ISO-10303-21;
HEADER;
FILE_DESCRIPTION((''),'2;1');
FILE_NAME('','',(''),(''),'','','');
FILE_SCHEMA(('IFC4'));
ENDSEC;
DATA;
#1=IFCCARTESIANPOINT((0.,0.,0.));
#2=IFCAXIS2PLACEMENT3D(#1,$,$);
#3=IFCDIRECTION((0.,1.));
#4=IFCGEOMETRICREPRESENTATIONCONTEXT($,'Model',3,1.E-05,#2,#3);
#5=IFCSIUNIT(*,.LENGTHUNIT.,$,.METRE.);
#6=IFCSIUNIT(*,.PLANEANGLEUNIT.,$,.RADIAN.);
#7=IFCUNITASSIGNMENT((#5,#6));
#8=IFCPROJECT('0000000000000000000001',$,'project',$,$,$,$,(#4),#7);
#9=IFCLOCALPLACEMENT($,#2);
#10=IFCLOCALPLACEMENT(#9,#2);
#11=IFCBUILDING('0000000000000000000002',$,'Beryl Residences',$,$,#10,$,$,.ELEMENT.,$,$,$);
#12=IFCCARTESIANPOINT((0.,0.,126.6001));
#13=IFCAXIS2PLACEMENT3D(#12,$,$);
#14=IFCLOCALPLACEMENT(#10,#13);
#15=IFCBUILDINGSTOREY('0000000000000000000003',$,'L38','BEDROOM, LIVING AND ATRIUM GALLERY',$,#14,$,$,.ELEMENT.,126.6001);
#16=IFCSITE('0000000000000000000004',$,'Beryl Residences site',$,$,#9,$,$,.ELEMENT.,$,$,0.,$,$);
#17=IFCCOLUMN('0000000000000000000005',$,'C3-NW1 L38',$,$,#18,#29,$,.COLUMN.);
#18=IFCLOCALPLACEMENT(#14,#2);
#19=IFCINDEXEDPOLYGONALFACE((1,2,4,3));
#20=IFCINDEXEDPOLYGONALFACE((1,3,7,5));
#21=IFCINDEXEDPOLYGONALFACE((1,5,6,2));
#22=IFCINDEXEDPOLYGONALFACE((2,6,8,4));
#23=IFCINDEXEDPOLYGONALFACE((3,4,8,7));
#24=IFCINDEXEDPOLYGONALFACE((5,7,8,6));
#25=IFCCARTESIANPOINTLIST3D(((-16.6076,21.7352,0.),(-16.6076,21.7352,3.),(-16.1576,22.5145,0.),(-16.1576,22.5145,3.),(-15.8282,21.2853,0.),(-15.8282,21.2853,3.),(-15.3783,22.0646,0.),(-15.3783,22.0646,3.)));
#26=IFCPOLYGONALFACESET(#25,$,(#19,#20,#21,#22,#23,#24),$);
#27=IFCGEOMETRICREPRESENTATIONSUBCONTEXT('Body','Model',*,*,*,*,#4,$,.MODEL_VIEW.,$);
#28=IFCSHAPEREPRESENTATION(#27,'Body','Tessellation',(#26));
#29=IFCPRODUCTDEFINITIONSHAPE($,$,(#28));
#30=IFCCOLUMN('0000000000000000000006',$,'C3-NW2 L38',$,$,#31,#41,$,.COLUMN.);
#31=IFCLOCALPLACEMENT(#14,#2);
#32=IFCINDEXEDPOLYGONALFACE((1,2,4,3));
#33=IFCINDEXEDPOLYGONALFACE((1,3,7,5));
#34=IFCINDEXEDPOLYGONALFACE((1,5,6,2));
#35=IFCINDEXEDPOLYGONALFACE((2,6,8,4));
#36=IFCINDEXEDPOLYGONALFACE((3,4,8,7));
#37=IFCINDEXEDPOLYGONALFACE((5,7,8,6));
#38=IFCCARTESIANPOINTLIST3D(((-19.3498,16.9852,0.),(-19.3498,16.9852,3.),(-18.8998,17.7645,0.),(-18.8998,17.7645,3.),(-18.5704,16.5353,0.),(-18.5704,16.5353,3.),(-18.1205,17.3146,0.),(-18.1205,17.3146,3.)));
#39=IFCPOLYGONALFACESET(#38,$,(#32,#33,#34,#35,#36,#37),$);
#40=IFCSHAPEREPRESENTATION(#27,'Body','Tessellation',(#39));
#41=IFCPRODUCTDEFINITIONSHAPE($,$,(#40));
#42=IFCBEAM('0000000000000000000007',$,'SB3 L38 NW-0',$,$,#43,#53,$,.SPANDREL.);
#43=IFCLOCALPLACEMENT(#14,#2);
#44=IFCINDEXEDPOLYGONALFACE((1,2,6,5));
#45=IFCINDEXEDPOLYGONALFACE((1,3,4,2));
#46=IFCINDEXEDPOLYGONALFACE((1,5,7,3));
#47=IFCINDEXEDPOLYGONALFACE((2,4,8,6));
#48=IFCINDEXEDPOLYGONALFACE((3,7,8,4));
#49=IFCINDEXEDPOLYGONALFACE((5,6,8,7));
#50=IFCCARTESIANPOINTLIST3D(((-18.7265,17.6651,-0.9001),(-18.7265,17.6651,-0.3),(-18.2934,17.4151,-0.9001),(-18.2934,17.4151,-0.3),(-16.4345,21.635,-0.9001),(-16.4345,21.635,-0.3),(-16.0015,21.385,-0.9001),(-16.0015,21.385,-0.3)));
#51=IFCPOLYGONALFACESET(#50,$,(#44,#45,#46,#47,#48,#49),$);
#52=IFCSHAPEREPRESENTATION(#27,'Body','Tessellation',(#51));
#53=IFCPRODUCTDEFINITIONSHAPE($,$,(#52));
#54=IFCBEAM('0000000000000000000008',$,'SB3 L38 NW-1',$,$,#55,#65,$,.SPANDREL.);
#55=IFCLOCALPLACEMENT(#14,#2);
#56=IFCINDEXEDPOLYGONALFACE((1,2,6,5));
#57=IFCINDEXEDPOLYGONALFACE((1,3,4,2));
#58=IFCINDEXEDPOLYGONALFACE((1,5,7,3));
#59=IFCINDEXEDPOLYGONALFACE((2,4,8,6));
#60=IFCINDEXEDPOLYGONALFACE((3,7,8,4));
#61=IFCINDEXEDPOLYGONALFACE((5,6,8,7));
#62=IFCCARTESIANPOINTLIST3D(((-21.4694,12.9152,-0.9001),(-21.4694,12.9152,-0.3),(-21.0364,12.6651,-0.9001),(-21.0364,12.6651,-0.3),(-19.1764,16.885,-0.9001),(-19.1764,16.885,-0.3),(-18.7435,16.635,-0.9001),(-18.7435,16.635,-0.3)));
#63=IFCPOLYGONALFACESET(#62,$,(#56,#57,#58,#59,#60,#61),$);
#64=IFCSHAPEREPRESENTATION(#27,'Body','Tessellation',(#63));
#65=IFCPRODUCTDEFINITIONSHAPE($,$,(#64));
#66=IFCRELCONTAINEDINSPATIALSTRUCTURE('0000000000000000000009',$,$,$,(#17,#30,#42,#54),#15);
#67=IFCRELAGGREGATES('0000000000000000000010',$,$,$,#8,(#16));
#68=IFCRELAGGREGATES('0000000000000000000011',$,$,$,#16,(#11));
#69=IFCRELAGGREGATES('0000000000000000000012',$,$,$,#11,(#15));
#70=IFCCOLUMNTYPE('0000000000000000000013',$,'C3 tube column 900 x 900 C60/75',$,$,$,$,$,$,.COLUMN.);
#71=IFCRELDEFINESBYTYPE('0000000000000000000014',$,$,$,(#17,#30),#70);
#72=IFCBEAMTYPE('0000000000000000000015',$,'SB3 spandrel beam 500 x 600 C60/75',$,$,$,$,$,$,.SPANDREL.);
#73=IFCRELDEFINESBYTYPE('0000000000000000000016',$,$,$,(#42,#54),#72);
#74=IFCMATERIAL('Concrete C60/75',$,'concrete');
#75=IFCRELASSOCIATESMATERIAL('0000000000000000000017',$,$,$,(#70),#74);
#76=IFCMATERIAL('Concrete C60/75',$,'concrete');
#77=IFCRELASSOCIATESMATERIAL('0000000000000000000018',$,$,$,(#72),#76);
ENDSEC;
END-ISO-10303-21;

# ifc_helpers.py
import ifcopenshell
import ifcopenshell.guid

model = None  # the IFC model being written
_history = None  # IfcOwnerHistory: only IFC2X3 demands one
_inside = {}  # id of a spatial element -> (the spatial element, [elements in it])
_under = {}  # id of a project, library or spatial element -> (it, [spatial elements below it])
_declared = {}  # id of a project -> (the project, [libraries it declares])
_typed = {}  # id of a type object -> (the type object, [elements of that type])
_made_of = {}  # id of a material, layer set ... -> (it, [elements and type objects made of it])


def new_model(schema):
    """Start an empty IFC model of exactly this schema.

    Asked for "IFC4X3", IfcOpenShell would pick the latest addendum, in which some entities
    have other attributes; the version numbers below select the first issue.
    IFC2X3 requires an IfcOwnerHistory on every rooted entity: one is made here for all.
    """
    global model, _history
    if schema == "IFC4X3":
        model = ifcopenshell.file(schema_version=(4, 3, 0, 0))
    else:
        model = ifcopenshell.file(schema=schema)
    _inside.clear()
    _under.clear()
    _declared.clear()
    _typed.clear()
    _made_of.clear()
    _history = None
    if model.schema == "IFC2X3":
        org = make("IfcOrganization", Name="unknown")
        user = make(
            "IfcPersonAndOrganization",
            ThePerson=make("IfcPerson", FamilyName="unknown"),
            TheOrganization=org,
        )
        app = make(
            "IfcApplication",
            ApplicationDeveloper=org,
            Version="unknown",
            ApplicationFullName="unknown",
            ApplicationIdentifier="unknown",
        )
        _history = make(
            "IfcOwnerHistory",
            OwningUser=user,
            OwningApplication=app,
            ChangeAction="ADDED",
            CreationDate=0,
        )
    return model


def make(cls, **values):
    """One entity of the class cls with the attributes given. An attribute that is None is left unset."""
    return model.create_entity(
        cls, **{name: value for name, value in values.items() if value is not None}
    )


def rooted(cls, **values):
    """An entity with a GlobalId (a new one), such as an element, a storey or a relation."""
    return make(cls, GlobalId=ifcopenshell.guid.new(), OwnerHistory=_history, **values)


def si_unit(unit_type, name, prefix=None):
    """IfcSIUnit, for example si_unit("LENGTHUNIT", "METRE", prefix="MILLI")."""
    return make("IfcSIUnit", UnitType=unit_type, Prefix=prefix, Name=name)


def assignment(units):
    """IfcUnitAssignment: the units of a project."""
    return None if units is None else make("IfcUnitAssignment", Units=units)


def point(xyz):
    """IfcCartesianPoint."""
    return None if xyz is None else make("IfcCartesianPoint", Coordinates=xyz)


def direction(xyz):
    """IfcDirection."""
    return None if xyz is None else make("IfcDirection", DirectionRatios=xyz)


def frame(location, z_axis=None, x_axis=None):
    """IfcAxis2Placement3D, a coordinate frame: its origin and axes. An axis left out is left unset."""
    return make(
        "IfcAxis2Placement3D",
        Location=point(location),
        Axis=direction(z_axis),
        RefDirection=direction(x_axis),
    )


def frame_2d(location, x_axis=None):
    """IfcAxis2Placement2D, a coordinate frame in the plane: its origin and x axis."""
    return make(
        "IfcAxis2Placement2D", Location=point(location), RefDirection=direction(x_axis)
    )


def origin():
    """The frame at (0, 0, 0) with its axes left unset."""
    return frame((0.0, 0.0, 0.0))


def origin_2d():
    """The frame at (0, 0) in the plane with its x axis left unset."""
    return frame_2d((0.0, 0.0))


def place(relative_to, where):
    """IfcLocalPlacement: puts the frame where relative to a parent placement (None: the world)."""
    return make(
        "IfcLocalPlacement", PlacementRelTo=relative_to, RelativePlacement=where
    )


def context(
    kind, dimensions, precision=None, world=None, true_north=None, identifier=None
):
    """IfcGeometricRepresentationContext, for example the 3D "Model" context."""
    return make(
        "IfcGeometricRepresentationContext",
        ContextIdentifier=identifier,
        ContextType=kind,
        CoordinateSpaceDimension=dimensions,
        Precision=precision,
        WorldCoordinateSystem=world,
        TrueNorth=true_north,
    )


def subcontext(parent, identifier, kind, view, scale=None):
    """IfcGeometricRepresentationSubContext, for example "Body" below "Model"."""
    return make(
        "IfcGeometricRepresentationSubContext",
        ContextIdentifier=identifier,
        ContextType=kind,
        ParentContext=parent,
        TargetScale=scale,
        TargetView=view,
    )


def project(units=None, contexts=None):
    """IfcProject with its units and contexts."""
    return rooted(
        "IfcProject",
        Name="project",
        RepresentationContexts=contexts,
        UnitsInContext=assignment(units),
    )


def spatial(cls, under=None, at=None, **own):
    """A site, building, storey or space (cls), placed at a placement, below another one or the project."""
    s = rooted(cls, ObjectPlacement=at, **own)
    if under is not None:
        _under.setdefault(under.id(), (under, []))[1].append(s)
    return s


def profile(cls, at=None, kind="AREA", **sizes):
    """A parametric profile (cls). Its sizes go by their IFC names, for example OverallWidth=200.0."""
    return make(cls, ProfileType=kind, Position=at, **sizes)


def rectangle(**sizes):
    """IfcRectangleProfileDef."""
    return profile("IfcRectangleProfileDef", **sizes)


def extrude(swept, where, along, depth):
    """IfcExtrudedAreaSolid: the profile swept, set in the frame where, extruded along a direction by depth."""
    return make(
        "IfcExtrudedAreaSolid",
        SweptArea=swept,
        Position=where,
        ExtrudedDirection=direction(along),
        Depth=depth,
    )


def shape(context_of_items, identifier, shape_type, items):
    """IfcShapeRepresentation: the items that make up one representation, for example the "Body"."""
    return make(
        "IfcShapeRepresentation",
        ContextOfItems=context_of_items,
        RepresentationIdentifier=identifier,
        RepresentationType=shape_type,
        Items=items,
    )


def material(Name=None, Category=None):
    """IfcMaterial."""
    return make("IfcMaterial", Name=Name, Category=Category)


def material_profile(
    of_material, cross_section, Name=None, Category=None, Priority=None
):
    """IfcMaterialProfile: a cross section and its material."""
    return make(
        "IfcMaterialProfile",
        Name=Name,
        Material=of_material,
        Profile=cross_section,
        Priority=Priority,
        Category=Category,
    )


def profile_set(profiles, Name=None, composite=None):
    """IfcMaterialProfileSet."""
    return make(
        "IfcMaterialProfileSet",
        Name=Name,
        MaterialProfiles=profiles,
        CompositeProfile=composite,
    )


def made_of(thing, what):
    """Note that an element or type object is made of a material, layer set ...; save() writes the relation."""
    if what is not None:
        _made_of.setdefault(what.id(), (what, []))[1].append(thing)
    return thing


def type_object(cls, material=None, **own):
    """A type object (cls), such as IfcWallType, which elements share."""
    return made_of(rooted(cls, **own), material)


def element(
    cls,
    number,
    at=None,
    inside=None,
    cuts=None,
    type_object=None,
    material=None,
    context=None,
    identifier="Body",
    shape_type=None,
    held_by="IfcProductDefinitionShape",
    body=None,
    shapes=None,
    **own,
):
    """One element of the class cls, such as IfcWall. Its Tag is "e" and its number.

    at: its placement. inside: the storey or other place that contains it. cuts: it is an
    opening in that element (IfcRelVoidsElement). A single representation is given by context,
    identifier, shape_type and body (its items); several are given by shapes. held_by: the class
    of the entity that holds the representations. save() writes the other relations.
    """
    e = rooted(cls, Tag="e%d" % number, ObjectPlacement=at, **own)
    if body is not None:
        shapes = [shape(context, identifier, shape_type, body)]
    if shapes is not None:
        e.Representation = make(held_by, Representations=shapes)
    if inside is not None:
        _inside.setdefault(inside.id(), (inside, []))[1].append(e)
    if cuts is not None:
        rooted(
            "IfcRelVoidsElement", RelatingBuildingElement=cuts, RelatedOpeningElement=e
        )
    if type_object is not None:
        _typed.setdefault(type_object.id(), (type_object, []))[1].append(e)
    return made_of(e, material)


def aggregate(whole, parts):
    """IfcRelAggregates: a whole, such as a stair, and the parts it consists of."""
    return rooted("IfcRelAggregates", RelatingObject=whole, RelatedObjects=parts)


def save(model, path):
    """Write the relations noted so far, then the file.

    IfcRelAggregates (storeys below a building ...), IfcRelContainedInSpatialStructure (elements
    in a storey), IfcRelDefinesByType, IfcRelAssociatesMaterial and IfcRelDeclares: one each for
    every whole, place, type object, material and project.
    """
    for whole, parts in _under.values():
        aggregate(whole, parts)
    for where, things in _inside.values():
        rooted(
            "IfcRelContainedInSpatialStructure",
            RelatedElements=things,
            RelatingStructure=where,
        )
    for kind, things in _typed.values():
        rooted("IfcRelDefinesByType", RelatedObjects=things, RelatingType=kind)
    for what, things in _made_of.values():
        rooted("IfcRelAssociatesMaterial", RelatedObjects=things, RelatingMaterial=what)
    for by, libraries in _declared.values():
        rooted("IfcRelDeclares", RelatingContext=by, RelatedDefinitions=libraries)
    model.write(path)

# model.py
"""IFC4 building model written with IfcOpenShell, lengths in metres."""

from ifc_helpers import new_model, si_unit, direction, frame, origin, origin_2d, place, context, subcontext, project, spatial, rectangle, extrude, material, material_profile, profile_set, type_object, element, save


model = new_model("IFC4")

# Units and contexts
model_context = context("Model", 3, precision=1e-05, world=origin(), true_north=direction((0.0, 1.0)))
body_context = subcontext(model_context, "Body", "Model", "MODEL_VIEW")
ifc_project = project(units=[si_unit("LENGTHUNIT", "METRE"), si_unit("PLANEANGLEUNIT", "RADIAN")], contexts=[model_context])

# Site, building, storey
site_placement = place(None, origin())
site = spatial("IfcSite", under=ifc_project, at=site_placement, Name="Beryl Residences site", CompositionType="ELEMENT", RefElevation=0.0)
building_placement = place(site_placement, origin())
building = spatial("IfcBuilding", under=site, at=building_placement, Name="Beryl Residences", CompositionType="ELEMENT")
storey_placement = place(building_placement, frame((0.0, 0.0, 126.6001)))
storey = spatial("IfcBuildingStorey", under=building, at=storey_placement, Name="L38", Description="BEDROOM, LIVING AND ATRIUM GALLERY", CompositionType="ELEMENT", Elevation=126.6001)

# Columns
ifc_material_1 = material(Name="Concrete C60/75", Category="concrete")
ifc_material_profile_1 = material_profile(ifc_material_1, rectangle(XDim=0.8999, YDim=0.8999, at=origin_2d()))
ifc_profile_set_1 = profile_set([ifc_material_profile_1], Name="Concrete C60/75")
column_type = type_object("IfcColumnType", Name="C3 tube column 900 x 900 C60/75", PredefinedType="COLUMN", material=ifc_profile_set_1)
for number, where, z_axis, x_axis, name in (
    (1, (-15.9929, 21.8999, 0.0), (0.0, 0.0, 1.0), (-0.5, -0.866025, 0.0), "C3-NW1 L38"),
    (2, (-18.7351, 17.1499, 0.0), (0.0, 0.0, 1.0), (-0.5, -0.866025, 0.0), "C3-NW2 L38"),
):
    element("IfcColumn", number, at=place(storey_placement, frame(where, z_axis=z_axis, x_axis=x_axis)), inside=storey, type_object=column_type, Name=name, PredefinedType="COLUMN", context=body_context, shape_type="SweptSolid", body=[
        extrude(rectangle(XDim=0.8999, YDim=0.8999, at=origin_2d()), origin(), (0.0, 0.0, 1.0), 3.0),
    ])

# Beams
ifc_material_2 = material(Name="Concrete C60/75", Category="concrete")
ifc_material_profile_2 = material_profile(ifc_material_2, rectangle(XDim=0.5, YDim=0.6001, at=origin_2d()))
ifc_profile_set_2 = profile_set([ifc_material_profile_2], Name="Concrete C60/75")
beam_type = type_object("IfcBeamType", Name="SB3 spandrel beam 500 x 600 C60/75", PredefinedType="SPANDREL", material=ifc_profile_set_2)
beam_1_placement = place(storey_placement, frame((-16.218, 21.51, -0.6001), z_axis=(-0.499988, -0.866032, 0.0), x_axis=(0.866032, -0.499988, 0.0)))
element("IfcBeam", 3, at=beam_1_placement, inside=storey, type_object=beam_type, Name="SB3 L38 NW-0", PredefinedType="SPANDREL", context=body_context, shape_type="SweptSolid", body=[
    extrude(rectangle(XDim=0.5, YDim=0.6001, at=origin_2d()), origin(), (0.0, 0.0, 1.0), 4.584),
])
beam_2_placement = place(storey_placement, frame((-18.96, 16.76, -0.6001), z_axis=(-0.500148, -0.86594, 0.0), x_axis=(0.86594, -0.500148, 0.0)))
element("IfcBeam", 4, at=beam_2_placement, inside=storey, type_object=beam_type, Name="SB3 L38 NW-1", PredefinedType="SPANDREL", context=body_context, shape_type="SweptSolid", body=[
    extrude(rectangle(XDim=0.5, YDim=0.6001, at=origin_2d()), origin(), (0.0, 0.0, 1.0), 4.5845),
])

save(model, "model.ifc")
